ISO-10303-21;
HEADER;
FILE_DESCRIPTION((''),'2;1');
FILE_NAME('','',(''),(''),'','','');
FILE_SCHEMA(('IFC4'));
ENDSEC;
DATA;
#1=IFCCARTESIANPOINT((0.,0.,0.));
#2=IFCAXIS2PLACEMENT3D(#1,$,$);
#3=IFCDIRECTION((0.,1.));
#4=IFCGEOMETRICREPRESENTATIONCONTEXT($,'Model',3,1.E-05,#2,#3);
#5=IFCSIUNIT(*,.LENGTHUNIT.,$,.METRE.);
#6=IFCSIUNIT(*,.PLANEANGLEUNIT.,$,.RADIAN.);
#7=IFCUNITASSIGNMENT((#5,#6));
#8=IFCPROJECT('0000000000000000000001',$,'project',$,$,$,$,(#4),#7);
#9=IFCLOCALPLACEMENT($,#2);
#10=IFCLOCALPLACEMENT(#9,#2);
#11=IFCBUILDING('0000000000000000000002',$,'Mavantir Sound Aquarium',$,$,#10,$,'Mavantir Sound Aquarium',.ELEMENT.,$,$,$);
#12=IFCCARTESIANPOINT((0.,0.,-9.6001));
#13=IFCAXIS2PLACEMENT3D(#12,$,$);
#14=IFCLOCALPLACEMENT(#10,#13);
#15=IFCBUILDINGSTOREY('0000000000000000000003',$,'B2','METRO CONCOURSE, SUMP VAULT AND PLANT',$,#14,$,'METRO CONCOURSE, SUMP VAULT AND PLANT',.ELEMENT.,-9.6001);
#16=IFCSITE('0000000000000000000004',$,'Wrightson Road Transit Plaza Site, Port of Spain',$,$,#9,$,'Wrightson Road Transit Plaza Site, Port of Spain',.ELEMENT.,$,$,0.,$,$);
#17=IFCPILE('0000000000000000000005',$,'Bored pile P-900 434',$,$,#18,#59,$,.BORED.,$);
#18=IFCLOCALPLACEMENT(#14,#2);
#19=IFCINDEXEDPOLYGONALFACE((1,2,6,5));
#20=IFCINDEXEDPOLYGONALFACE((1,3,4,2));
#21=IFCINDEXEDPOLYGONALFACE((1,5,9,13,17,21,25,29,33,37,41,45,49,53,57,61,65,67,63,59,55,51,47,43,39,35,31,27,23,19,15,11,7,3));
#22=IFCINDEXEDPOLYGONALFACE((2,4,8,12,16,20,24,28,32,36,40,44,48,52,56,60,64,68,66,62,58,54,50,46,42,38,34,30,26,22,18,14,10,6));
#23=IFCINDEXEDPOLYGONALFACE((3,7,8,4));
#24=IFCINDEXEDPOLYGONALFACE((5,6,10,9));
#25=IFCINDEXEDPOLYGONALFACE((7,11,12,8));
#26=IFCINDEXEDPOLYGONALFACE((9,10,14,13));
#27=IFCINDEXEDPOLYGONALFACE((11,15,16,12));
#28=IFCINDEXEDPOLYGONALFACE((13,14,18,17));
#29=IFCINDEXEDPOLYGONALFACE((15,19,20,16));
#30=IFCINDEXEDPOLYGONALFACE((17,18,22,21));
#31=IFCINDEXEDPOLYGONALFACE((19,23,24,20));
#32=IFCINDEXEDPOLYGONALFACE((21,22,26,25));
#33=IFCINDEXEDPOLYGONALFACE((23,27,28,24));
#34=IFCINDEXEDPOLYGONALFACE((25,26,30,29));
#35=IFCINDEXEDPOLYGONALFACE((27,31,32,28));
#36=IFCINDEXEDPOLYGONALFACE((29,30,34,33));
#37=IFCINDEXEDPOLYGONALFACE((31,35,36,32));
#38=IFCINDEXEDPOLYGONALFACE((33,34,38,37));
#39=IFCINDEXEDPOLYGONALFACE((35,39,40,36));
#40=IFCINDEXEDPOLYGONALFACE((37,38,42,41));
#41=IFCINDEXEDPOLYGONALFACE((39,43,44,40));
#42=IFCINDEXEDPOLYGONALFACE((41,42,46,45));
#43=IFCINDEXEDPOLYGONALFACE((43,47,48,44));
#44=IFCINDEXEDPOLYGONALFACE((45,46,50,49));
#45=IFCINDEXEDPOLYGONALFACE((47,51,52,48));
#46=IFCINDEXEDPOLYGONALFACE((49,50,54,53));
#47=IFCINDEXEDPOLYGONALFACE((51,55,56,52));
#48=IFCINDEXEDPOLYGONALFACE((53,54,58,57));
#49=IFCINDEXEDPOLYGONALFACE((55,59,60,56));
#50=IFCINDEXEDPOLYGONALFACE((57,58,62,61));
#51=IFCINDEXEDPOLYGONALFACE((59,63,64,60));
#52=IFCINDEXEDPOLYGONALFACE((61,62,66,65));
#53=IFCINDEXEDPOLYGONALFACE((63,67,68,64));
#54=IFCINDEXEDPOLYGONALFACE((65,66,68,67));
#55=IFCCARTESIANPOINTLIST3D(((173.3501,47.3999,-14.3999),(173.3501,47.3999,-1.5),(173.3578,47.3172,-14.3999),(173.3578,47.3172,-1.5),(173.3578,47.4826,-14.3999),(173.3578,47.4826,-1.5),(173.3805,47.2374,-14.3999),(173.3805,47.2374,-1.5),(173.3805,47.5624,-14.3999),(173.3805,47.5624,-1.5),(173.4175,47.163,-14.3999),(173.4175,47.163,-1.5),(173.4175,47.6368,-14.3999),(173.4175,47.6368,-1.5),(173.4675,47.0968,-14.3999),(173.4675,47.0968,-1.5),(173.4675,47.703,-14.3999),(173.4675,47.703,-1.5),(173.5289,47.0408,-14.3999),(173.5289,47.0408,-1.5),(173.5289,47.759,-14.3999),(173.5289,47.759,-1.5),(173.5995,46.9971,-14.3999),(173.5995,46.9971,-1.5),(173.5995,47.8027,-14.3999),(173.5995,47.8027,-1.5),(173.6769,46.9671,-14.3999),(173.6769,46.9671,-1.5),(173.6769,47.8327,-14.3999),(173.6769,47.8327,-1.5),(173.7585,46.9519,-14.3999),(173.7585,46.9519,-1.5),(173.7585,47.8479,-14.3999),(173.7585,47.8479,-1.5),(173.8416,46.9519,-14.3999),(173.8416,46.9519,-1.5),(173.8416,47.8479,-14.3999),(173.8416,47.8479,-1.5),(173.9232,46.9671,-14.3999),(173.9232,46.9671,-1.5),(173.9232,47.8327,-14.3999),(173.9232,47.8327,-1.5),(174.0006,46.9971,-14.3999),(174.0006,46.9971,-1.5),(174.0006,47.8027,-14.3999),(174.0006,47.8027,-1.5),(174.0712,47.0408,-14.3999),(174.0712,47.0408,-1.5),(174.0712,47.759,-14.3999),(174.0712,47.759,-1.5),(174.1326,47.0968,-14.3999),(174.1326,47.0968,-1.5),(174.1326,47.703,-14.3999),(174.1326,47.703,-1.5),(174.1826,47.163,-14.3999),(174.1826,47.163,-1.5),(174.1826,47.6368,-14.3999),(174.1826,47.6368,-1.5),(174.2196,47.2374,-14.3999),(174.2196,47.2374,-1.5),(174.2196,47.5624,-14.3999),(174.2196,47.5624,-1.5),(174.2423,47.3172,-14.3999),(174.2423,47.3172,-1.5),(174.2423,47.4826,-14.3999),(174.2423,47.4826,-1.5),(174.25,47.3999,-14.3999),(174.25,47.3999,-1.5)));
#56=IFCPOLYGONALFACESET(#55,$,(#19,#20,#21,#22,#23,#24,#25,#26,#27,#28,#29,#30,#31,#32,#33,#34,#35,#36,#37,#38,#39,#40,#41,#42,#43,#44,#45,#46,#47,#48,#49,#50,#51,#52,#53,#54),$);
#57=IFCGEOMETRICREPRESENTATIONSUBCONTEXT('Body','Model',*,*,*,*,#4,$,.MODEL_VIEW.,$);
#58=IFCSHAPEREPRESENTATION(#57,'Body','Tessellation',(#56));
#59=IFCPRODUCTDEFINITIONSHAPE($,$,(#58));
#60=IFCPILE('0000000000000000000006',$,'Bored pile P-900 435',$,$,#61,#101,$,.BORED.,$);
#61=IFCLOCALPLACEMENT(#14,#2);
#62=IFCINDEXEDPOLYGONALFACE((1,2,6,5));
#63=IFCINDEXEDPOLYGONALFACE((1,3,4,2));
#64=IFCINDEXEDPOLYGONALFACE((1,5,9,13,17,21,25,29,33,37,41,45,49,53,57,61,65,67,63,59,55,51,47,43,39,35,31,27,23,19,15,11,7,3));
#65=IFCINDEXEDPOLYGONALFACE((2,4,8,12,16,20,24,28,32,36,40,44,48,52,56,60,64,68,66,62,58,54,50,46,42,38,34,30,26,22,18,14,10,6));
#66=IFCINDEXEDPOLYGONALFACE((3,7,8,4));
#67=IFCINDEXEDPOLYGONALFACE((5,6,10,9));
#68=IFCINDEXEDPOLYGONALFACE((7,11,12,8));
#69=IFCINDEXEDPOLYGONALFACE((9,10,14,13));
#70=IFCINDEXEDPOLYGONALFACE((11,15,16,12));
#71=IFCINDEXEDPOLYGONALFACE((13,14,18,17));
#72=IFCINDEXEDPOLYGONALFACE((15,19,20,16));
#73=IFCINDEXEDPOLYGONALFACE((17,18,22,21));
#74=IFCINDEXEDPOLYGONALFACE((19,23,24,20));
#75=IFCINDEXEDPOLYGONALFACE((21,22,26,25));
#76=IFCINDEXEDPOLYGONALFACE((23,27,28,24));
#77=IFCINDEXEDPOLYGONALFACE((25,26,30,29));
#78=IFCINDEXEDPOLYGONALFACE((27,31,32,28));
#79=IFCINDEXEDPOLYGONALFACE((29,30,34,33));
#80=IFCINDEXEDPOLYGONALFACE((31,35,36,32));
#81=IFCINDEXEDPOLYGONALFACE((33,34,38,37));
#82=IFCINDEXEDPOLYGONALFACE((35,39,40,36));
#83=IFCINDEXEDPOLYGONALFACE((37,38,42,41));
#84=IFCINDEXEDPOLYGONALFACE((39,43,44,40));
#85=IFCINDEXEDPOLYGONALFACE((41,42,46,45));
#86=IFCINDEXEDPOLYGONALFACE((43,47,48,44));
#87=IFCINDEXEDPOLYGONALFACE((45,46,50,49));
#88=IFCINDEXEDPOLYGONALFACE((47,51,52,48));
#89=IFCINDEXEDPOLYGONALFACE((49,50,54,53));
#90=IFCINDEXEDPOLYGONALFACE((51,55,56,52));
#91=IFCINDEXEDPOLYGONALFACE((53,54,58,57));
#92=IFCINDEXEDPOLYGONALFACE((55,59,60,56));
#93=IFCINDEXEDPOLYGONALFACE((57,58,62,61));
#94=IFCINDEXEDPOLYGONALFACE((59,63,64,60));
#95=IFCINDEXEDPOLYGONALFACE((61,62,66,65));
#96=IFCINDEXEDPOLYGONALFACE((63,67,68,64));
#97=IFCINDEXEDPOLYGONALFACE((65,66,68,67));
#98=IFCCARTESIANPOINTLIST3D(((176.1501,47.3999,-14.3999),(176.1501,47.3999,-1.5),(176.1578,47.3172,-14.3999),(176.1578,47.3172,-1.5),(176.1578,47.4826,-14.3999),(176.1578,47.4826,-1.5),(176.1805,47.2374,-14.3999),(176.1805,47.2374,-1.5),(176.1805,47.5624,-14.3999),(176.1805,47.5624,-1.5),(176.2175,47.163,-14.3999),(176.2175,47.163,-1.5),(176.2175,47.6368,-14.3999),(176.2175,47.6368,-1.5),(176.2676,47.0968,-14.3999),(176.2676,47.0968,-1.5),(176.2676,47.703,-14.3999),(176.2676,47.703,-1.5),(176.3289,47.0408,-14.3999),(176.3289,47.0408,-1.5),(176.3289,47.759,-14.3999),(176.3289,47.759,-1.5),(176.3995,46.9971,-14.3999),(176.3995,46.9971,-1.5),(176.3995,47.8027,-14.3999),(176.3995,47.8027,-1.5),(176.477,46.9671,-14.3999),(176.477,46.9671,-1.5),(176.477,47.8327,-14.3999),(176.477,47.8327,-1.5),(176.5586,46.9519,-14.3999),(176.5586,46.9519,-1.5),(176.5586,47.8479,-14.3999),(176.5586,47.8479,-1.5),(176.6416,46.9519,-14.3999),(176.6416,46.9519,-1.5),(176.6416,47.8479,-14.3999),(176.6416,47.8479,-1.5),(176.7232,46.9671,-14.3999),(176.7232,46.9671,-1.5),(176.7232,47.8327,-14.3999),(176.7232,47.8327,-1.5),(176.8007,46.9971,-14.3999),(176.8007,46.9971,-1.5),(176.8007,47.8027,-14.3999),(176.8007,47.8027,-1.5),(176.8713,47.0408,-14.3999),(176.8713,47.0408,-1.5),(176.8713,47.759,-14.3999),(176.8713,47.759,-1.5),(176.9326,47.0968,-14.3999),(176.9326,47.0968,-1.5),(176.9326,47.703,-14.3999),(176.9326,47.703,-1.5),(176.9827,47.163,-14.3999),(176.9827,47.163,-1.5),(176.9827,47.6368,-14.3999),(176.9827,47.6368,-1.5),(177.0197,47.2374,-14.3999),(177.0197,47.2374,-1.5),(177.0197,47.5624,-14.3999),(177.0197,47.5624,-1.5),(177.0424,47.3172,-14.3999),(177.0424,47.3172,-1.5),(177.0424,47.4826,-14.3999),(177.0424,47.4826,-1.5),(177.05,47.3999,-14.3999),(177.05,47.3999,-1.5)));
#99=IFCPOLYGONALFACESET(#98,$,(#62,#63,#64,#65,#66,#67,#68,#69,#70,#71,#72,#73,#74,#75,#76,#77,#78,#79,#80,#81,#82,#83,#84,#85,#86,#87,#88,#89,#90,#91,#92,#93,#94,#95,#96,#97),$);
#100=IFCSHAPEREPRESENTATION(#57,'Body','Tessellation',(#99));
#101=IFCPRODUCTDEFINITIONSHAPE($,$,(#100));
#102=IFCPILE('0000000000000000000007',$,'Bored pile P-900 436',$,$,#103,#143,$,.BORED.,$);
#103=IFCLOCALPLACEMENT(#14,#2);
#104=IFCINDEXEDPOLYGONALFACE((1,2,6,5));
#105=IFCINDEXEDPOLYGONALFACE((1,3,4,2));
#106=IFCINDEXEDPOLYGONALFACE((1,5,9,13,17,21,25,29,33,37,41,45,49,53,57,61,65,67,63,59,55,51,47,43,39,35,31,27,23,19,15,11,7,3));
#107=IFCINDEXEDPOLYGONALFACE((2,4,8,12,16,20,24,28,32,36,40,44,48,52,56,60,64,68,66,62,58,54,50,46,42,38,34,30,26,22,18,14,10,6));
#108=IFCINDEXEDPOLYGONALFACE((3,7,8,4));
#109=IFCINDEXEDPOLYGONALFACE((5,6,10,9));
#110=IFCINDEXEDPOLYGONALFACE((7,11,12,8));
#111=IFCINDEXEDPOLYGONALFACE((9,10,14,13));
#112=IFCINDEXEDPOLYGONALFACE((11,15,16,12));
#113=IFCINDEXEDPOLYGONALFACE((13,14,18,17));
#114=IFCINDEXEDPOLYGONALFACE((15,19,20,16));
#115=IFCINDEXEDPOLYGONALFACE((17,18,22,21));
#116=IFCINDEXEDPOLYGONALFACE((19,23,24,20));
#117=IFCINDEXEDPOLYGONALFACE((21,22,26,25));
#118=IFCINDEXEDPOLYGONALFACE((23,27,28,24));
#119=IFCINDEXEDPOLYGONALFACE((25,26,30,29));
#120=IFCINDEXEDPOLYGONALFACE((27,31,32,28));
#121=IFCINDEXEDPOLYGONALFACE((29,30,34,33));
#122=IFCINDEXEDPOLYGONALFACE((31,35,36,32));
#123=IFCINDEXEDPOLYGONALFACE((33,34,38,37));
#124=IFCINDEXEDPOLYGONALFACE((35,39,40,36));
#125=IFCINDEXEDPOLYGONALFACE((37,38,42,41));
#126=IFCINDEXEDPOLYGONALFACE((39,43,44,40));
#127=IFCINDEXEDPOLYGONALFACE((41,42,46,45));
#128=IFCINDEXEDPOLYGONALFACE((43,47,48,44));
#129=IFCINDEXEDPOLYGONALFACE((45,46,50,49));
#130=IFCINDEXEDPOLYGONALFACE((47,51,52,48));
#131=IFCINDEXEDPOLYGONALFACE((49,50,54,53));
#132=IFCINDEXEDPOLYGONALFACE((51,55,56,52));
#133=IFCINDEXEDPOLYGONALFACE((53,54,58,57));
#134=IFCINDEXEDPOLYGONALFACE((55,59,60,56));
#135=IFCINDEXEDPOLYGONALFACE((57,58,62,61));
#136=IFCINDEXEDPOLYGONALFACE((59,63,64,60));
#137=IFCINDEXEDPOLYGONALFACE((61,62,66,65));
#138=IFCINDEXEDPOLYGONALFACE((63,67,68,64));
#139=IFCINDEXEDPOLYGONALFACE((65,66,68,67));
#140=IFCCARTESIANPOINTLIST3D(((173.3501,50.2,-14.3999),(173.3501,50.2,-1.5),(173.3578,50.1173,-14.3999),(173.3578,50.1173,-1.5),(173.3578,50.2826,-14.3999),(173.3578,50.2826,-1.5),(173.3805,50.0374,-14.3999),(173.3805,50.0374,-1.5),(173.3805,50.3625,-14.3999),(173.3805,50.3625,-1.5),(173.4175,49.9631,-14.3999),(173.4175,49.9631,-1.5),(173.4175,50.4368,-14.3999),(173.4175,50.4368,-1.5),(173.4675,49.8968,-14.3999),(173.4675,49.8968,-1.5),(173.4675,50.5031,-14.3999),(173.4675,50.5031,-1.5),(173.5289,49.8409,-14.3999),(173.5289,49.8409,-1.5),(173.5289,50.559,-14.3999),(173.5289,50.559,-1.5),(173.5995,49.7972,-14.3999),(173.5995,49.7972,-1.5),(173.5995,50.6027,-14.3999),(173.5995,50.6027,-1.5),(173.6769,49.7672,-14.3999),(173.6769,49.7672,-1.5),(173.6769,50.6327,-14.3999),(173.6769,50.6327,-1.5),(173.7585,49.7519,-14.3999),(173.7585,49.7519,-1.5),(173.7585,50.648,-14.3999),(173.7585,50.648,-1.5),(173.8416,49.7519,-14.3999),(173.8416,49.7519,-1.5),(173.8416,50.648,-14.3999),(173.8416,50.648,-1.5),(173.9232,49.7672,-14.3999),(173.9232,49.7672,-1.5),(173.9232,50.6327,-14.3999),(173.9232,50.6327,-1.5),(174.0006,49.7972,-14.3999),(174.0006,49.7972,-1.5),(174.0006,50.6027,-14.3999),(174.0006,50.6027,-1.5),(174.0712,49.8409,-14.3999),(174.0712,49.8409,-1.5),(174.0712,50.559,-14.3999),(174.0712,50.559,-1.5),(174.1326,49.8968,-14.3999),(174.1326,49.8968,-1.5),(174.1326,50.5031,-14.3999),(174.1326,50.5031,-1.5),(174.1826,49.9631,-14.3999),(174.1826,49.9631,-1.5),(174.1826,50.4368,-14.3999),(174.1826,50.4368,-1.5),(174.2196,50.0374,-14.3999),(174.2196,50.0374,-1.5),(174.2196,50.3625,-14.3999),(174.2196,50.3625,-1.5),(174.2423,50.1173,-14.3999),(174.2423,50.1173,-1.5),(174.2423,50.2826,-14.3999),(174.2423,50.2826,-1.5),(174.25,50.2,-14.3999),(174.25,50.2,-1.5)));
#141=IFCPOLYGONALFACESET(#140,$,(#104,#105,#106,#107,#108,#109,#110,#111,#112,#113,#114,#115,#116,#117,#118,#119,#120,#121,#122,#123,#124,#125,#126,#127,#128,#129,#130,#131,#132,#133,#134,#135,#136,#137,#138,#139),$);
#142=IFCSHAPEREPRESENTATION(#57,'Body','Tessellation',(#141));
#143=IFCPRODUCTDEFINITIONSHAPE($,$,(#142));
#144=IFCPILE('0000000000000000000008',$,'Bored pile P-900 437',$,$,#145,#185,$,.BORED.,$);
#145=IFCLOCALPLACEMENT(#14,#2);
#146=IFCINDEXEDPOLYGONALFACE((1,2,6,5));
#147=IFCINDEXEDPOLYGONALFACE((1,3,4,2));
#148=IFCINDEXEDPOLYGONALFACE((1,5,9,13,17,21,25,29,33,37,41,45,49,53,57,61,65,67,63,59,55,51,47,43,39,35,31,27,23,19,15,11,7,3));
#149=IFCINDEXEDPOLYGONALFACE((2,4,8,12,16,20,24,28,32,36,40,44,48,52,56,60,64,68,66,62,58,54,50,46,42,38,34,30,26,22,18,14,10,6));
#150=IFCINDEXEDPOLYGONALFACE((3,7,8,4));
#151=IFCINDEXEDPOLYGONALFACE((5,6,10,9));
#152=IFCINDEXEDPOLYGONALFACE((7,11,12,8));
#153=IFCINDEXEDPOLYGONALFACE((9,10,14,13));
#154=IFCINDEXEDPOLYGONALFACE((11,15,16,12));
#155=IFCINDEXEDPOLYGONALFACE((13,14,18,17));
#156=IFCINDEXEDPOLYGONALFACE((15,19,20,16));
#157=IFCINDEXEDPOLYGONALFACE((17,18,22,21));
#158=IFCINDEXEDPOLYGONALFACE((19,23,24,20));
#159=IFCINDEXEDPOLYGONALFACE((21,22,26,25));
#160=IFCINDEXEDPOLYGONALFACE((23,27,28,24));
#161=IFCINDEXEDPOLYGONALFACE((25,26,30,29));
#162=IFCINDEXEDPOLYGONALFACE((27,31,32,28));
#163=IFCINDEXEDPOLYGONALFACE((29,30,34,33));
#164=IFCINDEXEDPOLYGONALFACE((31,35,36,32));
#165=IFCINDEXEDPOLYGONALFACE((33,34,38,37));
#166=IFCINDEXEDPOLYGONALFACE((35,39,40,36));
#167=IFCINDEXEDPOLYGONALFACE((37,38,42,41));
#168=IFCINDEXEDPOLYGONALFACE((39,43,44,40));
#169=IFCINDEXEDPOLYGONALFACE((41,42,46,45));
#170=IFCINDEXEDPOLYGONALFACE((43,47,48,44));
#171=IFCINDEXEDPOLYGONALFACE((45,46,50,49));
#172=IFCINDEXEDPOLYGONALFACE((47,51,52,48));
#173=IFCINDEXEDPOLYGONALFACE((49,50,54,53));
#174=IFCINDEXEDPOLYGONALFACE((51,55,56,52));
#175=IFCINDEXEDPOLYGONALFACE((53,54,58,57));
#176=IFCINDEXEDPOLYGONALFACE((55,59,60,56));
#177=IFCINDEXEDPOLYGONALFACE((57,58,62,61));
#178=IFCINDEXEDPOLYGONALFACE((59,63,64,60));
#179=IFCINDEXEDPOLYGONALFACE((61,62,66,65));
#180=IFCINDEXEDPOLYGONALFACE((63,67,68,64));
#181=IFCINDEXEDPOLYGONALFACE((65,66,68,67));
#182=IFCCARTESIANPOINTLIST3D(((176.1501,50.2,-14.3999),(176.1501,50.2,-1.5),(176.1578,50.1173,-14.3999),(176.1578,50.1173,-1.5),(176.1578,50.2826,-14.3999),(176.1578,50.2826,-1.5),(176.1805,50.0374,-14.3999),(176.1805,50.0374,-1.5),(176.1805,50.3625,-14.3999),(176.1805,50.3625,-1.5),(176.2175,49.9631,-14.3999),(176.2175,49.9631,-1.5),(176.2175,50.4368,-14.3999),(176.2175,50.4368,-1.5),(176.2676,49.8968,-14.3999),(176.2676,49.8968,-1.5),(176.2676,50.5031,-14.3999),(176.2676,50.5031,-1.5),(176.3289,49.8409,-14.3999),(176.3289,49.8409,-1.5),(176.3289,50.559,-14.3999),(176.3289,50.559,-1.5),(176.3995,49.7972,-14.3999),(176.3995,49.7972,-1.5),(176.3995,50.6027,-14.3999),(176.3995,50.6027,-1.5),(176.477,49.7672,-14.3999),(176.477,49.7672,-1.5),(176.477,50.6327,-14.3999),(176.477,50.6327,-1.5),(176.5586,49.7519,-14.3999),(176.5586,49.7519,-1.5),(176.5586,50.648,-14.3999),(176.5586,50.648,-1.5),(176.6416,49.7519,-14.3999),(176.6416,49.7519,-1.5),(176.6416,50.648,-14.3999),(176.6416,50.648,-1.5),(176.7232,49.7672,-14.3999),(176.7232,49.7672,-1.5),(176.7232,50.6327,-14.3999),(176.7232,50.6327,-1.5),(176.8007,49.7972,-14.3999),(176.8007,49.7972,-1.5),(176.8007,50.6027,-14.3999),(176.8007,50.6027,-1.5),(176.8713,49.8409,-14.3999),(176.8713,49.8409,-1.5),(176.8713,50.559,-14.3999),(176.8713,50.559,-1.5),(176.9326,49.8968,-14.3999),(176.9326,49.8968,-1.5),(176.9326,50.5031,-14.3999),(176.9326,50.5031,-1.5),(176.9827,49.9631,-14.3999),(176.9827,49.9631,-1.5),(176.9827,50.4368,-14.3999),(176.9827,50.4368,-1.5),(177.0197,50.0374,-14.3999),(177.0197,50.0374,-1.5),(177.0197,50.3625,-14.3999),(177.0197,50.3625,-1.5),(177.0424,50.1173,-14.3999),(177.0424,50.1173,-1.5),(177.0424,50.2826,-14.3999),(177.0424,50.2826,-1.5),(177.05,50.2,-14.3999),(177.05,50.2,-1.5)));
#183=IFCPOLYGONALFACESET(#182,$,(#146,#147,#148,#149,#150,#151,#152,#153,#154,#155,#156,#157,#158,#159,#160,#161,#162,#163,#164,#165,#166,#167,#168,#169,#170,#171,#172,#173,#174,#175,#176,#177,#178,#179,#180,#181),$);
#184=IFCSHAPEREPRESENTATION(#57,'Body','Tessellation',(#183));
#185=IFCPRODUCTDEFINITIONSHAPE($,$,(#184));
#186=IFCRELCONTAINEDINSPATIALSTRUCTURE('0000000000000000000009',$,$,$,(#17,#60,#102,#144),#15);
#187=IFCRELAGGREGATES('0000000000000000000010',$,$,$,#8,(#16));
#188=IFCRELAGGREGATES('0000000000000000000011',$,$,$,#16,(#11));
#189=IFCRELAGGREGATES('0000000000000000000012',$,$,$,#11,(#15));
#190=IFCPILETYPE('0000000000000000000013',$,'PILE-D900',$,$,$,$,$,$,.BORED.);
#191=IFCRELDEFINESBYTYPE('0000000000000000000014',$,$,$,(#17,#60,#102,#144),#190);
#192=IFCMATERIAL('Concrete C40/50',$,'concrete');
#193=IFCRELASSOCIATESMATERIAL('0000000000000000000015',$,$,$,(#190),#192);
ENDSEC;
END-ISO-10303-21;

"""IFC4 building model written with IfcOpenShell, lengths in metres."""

from ifc_helpers import new_model, si_unit, direction, frame, origin, origin_2d, place, context, subcontext, project, spatial, circle, extrude, material, material_profile, profile_set, type_object, element, save


model = new_model("IFC4")

# Units and contexts
model_context = context("Model", 3, precision=1e-05, world=origin(), true_north=direction((0.0, 1.0)))
body_context = subcontext(model_context, "Body", "Model", "MODEL_VIEW")
ifc_project = project(units=[si_unit("LENGTHUNIT", "METRE"), si_unit("PLANEANGLEUNIT", "RADIAN")], contexts=[model_context])

# Site, building, storey
site_placement = place(None, origin())
site = spatial("IfcSite", under=ifc_project, at=site_placement, Name="Wrightson Road Transit Plaza Site, Port of Spain", LongName="Wrightson Road Transit Plaza Site, Port of Spain", CompositionType="ELEMENT", RefElevation=0.0)
building_placement = place(site_placement, origin())
building = spatial("IfcBuilding", under=site, at=building_placement, Name="Mavantir Sound Aquarium", LongName="Mavantir Sound Aquarium", CompositionType="ELEMENT")
storey_placement = place(building_placement, frame((0.0, 0.0, -9.6001)))
storey = spatial("IfcBuildingStorey", under=building, at=storey_placement, Name="B2", Description="METRO CONCOURSE, SUMP VAULT AND PLANT", LongName="METRO CONCOURSE, SUMP VAULT AND PLANT", CompositionType="ELEMENT", Elevation=-9.6001)

# Shared definitions
ifc_material_1 = material(Name="Concrete C40/50", Category="concrete")

# Piles
ifc_material_profile_1 = material_profile(ifc_material_1, circle(Radius=0.45, at=origin_2d()), Name="PILE D900")
ifc_profile_set_1 = profile_set([ifc_material_profile_1], Name="Concrete C40/50")
pile_type = type_object("IfcPileType", Name="PILE-D900", PredefinedType="BORED", material=ifc_profile_set_1)
for number, where, z_axis, x_axis, name in (
    (1, (173.8, 47.3999, -1.5), (0.0, 0.0, -1.0), (1.0, 0.0, 0.0), "Bored pile P-900 434"),
    (2, (176.6001, 47.3999, -1.5), (0.0, 0.0, -1.0), (1.0, 0.0, 0.0), "Bored pile P-900 435"),
    (3, (173.8, 50.2, -1.5), (0.0, 0.0, -1.0), (1.0, 0.0, 0.0), "Bored pile P-900 436"),
    (4, (176.6001, 50.2, -1.5), (0.0, 0.0, -1.0), (1.0, 0.0, 0.0), "Bored pile P-900 437"),
):
    element("IfcPile", number, at=place(storey_placement, frame(where, z_axis=z_axis, x_axis=x_axis)), inside=storey, type_object=pile_type, Name=name, PredefinedType="BORED", context=body_context, shape_type="SweptSolid", body=[
        extrude(circle(Radius=0.45, at=origin_2d()), origin(), (0.0, 0.0, 1.0), 12.8999),
    ])

save(model, "model.ifc")
